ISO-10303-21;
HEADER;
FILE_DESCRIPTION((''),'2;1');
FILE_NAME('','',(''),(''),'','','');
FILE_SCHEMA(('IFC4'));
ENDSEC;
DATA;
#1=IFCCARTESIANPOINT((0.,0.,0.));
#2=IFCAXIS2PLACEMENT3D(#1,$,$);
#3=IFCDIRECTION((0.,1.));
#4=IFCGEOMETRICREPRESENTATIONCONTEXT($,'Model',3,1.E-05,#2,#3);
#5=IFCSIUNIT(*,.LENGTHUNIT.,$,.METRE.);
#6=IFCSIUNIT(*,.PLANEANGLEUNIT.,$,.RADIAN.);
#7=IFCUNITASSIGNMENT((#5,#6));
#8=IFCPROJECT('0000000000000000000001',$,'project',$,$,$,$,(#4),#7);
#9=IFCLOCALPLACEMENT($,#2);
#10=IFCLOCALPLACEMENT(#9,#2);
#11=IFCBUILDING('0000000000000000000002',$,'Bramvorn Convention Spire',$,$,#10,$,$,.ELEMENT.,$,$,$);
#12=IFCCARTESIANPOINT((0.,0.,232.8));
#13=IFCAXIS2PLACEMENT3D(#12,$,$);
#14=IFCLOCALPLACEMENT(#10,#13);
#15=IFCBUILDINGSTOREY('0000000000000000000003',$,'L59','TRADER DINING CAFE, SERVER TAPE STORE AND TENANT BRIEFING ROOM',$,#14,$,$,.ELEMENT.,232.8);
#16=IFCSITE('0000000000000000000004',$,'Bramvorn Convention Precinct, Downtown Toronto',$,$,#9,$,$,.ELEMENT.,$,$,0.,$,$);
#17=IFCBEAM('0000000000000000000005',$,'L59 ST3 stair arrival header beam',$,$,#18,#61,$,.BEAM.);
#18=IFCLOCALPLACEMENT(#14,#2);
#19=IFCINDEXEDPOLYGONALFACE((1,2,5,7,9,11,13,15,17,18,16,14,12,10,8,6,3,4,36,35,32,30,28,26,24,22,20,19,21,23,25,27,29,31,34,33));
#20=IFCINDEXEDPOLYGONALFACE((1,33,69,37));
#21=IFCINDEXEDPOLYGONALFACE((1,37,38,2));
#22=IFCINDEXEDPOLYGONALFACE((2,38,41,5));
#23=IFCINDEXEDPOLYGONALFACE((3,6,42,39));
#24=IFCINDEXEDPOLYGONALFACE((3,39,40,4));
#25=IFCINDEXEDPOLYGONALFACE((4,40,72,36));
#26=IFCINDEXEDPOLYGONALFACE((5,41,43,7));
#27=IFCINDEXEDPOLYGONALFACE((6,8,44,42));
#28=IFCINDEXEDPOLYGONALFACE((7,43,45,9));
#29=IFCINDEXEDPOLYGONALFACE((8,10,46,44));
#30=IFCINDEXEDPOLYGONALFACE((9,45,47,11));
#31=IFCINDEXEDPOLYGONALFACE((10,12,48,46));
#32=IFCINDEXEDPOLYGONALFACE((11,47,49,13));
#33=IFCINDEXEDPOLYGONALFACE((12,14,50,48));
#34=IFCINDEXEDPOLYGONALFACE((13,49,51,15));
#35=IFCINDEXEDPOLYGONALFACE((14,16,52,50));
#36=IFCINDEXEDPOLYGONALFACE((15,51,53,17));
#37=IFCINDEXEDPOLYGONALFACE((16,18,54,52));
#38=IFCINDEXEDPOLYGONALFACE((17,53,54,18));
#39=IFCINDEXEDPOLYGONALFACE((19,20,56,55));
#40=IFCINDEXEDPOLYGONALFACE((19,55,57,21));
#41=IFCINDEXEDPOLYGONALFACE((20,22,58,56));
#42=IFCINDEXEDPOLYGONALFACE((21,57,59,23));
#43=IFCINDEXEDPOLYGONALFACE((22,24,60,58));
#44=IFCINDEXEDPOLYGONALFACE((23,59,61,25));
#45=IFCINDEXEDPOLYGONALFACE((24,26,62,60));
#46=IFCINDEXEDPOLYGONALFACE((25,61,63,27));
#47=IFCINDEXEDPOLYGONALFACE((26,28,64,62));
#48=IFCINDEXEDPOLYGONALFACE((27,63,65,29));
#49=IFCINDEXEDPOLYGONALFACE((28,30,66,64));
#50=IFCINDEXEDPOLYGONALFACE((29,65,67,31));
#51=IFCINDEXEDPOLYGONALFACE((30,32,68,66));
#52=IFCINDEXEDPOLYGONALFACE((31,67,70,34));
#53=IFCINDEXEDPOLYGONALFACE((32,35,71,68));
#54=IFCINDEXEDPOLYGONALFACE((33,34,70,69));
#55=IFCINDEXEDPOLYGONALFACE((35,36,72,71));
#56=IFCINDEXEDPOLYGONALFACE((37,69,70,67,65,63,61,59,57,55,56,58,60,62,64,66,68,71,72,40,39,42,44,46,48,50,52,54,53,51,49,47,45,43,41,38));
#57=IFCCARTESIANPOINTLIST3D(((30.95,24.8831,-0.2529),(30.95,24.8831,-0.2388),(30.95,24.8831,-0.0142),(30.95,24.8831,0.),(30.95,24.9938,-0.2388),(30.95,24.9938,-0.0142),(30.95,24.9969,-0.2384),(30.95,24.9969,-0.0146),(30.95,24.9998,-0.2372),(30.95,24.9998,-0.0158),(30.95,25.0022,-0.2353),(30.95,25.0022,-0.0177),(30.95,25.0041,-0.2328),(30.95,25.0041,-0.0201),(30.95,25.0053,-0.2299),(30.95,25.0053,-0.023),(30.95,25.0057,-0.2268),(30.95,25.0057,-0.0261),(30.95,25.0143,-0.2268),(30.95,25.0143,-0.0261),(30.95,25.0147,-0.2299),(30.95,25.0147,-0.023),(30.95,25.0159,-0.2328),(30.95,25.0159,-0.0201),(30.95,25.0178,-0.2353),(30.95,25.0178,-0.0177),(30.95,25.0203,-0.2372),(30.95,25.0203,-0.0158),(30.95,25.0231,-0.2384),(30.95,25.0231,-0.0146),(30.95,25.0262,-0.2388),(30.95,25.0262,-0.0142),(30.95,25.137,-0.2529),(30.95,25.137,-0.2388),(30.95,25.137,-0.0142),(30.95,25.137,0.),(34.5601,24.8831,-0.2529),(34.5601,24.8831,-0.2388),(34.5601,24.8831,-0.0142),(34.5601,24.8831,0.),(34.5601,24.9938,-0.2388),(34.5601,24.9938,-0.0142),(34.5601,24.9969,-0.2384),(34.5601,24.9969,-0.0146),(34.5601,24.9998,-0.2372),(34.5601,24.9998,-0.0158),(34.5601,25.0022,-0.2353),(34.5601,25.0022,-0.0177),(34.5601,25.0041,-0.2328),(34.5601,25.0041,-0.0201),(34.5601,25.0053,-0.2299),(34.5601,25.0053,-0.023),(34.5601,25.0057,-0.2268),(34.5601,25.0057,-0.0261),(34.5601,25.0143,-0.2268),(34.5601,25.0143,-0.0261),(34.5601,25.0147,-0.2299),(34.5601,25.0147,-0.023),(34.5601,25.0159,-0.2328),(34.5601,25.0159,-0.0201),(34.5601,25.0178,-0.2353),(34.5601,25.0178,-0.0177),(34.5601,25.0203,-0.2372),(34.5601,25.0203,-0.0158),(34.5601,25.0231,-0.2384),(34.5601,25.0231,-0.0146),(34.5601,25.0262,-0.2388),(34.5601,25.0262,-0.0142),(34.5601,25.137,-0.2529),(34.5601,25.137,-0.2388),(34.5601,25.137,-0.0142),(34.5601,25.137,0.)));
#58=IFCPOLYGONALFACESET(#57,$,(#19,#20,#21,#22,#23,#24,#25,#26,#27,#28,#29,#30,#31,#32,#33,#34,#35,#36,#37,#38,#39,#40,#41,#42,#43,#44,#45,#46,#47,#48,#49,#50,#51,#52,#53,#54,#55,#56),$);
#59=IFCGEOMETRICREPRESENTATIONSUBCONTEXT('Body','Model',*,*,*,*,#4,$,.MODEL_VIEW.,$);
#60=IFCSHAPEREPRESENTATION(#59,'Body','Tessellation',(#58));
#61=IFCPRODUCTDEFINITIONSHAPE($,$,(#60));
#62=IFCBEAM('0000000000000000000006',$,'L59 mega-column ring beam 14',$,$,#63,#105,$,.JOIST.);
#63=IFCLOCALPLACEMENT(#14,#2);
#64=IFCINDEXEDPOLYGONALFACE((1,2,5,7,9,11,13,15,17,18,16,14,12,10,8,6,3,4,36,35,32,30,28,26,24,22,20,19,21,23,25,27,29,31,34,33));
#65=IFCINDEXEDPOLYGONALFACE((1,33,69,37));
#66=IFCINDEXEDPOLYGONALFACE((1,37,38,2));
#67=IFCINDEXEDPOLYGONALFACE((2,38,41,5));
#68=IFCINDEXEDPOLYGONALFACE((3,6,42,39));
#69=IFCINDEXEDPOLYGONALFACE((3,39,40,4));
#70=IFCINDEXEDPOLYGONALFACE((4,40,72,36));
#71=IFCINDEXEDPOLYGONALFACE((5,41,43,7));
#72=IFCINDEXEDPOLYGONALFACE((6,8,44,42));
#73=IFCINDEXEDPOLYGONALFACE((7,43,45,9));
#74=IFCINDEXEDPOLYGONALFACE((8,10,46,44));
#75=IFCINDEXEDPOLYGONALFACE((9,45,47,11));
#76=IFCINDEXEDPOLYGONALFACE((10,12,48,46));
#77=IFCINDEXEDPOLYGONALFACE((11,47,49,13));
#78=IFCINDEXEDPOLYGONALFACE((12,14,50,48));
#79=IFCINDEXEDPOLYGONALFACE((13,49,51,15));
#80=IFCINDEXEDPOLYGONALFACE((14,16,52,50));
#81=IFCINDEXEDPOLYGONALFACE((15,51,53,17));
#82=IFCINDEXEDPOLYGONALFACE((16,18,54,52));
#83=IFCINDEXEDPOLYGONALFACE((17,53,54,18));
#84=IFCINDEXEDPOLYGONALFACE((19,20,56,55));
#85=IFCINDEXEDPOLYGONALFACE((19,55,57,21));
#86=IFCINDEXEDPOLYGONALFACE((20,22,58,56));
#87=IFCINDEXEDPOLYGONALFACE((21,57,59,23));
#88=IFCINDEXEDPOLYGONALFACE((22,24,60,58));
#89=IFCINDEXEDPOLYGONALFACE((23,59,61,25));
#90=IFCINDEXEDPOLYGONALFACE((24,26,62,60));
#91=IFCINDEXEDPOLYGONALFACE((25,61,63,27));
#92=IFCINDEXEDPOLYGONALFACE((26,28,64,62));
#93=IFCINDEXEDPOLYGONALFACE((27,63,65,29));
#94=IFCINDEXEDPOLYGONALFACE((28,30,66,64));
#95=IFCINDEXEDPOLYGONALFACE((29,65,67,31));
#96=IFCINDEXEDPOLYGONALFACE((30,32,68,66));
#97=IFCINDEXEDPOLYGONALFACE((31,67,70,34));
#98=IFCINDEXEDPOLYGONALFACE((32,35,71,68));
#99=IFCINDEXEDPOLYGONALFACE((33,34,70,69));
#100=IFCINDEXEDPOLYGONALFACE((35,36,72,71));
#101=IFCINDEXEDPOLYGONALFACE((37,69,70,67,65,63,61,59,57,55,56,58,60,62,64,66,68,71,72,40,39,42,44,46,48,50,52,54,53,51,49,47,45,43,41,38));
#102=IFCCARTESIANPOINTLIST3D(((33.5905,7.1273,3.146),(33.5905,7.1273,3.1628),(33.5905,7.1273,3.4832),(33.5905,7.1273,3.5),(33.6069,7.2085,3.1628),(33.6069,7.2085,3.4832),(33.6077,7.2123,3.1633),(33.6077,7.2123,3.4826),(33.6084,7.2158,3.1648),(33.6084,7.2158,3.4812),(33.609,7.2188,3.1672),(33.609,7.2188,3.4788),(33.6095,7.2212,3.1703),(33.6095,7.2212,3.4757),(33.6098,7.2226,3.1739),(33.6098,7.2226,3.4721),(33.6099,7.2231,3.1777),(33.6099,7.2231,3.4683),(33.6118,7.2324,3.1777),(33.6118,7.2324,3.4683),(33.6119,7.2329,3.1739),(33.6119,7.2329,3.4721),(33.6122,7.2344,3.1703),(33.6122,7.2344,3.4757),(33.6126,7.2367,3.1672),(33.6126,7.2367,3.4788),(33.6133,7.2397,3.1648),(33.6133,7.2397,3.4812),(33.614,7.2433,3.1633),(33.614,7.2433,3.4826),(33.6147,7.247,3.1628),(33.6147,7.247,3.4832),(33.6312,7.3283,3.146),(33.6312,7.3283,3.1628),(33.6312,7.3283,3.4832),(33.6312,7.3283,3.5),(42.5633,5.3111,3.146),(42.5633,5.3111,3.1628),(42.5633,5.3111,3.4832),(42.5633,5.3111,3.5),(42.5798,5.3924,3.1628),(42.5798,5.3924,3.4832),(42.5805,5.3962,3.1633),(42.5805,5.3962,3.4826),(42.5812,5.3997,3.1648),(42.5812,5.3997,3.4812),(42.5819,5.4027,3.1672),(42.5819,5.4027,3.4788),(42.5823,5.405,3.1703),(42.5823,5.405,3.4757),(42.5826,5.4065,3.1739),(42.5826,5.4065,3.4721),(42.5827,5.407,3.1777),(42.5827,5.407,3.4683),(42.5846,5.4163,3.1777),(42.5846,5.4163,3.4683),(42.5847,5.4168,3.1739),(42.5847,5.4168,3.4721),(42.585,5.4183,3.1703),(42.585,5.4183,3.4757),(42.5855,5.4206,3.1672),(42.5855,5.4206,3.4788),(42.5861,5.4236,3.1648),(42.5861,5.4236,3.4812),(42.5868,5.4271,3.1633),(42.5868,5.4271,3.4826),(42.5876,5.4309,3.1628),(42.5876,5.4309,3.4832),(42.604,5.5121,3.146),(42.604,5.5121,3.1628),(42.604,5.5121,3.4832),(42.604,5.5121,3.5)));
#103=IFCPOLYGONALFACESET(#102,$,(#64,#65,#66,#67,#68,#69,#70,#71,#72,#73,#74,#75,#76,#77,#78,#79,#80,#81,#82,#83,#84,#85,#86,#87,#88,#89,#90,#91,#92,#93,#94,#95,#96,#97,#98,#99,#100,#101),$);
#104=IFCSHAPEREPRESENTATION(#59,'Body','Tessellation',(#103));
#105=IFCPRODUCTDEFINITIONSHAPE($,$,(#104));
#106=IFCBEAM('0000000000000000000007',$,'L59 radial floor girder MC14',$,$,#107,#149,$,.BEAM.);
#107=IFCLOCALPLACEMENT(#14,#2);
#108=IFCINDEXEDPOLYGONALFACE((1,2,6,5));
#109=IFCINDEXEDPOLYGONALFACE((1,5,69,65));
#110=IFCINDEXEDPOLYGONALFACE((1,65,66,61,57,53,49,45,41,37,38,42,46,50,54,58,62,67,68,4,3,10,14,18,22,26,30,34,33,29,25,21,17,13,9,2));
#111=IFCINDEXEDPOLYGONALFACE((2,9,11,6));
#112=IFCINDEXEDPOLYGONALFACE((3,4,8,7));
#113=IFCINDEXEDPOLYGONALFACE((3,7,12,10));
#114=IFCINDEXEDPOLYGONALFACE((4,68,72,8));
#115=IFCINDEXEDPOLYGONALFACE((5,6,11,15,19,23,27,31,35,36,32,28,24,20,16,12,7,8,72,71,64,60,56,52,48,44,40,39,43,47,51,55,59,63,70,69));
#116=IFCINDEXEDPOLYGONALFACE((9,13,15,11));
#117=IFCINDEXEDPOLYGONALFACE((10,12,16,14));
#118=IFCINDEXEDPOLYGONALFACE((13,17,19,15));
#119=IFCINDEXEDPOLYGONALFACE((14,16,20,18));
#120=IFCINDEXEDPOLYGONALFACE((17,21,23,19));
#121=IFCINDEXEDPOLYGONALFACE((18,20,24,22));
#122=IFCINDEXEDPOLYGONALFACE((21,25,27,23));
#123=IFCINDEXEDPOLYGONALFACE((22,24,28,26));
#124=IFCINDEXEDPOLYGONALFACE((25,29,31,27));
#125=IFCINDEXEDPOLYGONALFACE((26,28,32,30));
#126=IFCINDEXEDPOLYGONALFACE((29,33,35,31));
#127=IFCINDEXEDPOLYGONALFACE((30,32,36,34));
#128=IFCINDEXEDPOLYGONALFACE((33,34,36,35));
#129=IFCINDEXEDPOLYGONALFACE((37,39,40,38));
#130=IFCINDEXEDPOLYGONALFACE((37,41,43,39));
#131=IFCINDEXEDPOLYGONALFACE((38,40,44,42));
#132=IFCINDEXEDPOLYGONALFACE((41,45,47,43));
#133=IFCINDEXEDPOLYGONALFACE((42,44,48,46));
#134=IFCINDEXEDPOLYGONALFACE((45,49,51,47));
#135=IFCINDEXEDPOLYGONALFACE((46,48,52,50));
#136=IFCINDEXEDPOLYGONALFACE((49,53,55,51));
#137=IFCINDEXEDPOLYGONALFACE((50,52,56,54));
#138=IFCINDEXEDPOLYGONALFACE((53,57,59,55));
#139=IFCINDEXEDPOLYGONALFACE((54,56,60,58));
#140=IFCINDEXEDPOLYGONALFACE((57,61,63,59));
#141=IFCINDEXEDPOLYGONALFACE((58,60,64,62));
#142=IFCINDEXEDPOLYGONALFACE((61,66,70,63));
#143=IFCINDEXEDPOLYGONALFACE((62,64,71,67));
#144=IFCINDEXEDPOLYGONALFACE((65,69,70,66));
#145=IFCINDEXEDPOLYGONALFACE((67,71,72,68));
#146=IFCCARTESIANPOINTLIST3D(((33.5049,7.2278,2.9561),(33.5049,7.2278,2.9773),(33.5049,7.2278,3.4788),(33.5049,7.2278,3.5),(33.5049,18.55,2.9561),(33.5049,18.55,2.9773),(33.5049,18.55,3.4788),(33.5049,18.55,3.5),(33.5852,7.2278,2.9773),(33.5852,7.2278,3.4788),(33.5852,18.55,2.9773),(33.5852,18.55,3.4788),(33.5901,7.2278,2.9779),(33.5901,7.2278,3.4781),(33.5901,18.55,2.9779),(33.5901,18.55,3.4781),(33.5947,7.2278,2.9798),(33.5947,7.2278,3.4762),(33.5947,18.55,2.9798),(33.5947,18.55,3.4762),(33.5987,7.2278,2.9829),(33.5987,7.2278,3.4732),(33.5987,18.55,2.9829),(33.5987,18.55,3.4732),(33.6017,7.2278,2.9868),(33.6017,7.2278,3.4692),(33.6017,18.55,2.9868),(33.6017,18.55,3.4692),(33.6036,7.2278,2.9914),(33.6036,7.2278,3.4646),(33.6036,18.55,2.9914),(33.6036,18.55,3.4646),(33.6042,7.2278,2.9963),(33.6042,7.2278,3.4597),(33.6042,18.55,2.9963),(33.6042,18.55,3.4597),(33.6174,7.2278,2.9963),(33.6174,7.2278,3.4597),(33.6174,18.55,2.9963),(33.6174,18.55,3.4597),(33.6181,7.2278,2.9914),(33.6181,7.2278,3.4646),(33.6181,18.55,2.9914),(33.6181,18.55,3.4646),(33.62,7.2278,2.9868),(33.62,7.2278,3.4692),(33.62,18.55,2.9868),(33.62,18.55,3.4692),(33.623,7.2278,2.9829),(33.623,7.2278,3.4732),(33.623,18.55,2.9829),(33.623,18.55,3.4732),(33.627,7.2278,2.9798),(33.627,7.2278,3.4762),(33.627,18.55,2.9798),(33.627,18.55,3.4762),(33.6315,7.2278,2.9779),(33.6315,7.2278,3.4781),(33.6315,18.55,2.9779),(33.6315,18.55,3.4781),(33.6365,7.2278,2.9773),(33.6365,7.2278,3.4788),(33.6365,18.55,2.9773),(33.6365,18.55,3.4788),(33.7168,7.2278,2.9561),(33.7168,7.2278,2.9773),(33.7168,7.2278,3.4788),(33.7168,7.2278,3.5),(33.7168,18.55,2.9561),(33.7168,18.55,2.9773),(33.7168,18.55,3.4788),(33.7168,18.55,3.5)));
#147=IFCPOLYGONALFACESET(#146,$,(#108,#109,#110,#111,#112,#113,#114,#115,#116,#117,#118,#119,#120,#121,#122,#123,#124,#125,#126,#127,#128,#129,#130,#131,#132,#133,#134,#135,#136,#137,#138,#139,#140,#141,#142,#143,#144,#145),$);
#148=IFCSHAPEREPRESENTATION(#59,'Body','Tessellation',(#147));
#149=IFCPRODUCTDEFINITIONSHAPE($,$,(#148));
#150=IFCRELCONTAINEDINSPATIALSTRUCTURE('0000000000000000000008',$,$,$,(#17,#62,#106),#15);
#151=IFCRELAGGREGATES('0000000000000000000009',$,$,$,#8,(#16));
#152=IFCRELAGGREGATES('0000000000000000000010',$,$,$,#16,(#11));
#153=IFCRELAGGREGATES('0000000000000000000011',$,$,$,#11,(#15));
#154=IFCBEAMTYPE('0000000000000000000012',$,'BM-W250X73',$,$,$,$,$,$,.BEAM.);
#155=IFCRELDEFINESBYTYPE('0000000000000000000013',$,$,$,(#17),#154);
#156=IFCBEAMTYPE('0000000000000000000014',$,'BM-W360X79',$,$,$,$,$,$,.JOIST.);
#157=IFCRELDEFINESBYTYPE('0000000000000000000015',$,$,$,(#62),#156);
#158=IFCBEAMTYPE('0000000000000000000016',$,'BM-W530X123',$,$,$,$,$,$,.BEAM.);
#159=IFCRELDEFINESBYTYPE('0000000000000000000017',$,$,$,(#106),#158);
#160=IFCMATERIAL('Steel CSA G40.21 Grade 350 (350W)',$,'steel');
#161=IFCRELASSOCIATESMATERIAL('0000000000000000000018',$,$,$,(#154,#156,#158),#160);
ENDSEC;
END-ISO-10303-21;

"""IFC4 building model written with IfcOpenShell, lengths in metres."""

from ifc_helpers import new_model, si_unit, direction, frame, origin, origin_2d, place, context, subcontext, project, spatial, i_section, extrude, material, material_profile, profile_set, type_object, element, save


model = new_model("IFC4")

# Units and contexts
model_context = context("Model", 3, precision=1e-05, world=origin(), true_north=direction((0.0, 1.0)))
body_context = subcontext(model_context, "Body", "Model", "MODEL_VIEW")
ifc_project = project(units=[si_unit("LENGTHUNIT", "METRE"), si_unit("PLANEANGLEUNIT", "RADIAN")], contexts=[model_context])

# Site, building, storey
site_placement = place(None, origin())
site = spatial("IfcSite", under=ifc_project, at=site_placement, Name="Bramvorn Convention Precinct, Downtown Toronto", CompositionType="ELEMENT", RefElevation=0.0)
building_placement = place(site_placement, origin())
building = spatial("IfcBuilding", under=site, at=building_placement, Name="Bramvorn Convention Spire", CompositionType="ELEMENT")
storey_placement = place(building_placement, frame((0.0, 0.0, 232.8)))
storey = spatial("IfcBuildingStorey", under=building, at=storey_placement, Name="L59", Description="TRADER DINING CAFE, SERVER TAPE STORE AND TENANT BRIEFING ROOM", CompositionType="ELEMENT", Elevation=232.8)

# Shared definitions
ifc_material_1 = material(Name="Steel CSA G40.21 Grade 350 (350W)", Category="steel")

# Beams
ifc_material_profile_1 = material_profile(ifc_material_1, i_section(OverallWidth=0.2539, OverallDepth=0.2529, WebThickness=0.0085, FlangeThickness=0.0142, FilletRadius=0.012, at=origin_2d()))
ifc_profile_set_1 = profile_set([ifc_material_profile_1], Name="Steel CSA G40.21 Grade 350 (350W) - W250X73")
beam_type_1 = type_object("IfcBeamType", Name="BM-W250X73", PredefinedType="BEAM", material=ifc_profile_set_1)
beam_1_placement = place(storey_placement, frame((30.95, 25.01, -0.1265), z_axis=(1.0, 0.0, 0.0), x_axis=(0.0, 1.0, 0.0)))
element("IfcBeam", 1, at=beam_1_placement, inside=storey, type_object=beam_type_1, Name="L59 ST3 stair arrival header beam", PredefinedType="BEAM", context=body_context, shape_type="SweptSolid", body=[
    extrude(i_section(OverallWidth=0.2539, OverallDepth=0.2529, WebThickness=0.0085, FlangeThickness=0.0142, FilletRadius=0.012, at=origin_2d()), origin(), (0.0, 0.0, 1.0), 3.6101),
])
ifc_material_profile_2 = material_profile(ifc_material_1, i_section(OverallWidth=0.2051, OverallDepth=0.354, WebThickness=0.0095, FlangeThickness=0.0168, FilletRadius=0.0149, at=origin_2d()))
ifc_profile_set_2 = profile_set([ifc_material_profile_2], Name="Steel CSA G40.21 Grade 350 (350W) - W360X79")
beam_type_2 = type_object("IfcBeamType", Name="BM-W360X79", PredefinedType="JOIST", material=ifc_profile_set_2)
beam_2_placement = place(storey_placement, frame((33.6108, 7.2278, 3.323), z_axis=(0.980125, -0.198382, 0.0), x_axis=(0.198382, 0.980125, 0.0)))
element("IfcBeam", 2, at=beam_2_placement, inside=storey, type_object=beam_type_2, Name="L59 mega-column ring beam 14", PredefinedType="JOIST", context=body_context, shape_type="SweptSolid", body=[
    extrude(i_section(OverallWidth=0.2051, OverallDepth=0.354, WebThickness=0.0095, FlangeThickness=0.0168, FilletRadius=0.0149, at=origin_2d()), origin(), (0.0, 0.0, 1.0), 9.1548),
])
ifc_material_profile_3 = material_profile(ifc_material_1, i_section(OverallWidth=0.2119, OverallDepth=0.5439, WebThickness=0.0132, FlangeThickness=0.0212, FilletRadius=0.019, at=origin_2d()))
ifc_profile_set_3 = profile_set([ifc_material_profile_3], Name="Steel CSA G40.21 Grade 350 (350W) - W530X123")
beam_type_3 = type_object("IfcBeamType", Name="BM-W530X123", PredefinedType="BEAM", material=ifc_profile_set_3)
beam_3_placement = place(storey_placement, frame((33.6108, 18.55, 3.228), z_axis=(0.0, -1.0, 0.0), x_axis=(1.0, 0.0, 0.0)))
element("IfcBeam", 3, at=beam_3_placement, inside=storey, type_object=beam_type_3, Name="L59 radial floor girder MC14", PredefinedType="BEAM", context=body_context, shape_type="SweptSolid", body=[
    extrude(i_section(OverallWidth=0.2119, OverallDepth=0.5439, WebThickness=0.0132, FlangeThickness=0.0212, FilletRadius=0.019, at=origin_2d()), origin(), (0.0, 0.0, 1.0), 11.3223),
])

save(model, "model.ifc")
